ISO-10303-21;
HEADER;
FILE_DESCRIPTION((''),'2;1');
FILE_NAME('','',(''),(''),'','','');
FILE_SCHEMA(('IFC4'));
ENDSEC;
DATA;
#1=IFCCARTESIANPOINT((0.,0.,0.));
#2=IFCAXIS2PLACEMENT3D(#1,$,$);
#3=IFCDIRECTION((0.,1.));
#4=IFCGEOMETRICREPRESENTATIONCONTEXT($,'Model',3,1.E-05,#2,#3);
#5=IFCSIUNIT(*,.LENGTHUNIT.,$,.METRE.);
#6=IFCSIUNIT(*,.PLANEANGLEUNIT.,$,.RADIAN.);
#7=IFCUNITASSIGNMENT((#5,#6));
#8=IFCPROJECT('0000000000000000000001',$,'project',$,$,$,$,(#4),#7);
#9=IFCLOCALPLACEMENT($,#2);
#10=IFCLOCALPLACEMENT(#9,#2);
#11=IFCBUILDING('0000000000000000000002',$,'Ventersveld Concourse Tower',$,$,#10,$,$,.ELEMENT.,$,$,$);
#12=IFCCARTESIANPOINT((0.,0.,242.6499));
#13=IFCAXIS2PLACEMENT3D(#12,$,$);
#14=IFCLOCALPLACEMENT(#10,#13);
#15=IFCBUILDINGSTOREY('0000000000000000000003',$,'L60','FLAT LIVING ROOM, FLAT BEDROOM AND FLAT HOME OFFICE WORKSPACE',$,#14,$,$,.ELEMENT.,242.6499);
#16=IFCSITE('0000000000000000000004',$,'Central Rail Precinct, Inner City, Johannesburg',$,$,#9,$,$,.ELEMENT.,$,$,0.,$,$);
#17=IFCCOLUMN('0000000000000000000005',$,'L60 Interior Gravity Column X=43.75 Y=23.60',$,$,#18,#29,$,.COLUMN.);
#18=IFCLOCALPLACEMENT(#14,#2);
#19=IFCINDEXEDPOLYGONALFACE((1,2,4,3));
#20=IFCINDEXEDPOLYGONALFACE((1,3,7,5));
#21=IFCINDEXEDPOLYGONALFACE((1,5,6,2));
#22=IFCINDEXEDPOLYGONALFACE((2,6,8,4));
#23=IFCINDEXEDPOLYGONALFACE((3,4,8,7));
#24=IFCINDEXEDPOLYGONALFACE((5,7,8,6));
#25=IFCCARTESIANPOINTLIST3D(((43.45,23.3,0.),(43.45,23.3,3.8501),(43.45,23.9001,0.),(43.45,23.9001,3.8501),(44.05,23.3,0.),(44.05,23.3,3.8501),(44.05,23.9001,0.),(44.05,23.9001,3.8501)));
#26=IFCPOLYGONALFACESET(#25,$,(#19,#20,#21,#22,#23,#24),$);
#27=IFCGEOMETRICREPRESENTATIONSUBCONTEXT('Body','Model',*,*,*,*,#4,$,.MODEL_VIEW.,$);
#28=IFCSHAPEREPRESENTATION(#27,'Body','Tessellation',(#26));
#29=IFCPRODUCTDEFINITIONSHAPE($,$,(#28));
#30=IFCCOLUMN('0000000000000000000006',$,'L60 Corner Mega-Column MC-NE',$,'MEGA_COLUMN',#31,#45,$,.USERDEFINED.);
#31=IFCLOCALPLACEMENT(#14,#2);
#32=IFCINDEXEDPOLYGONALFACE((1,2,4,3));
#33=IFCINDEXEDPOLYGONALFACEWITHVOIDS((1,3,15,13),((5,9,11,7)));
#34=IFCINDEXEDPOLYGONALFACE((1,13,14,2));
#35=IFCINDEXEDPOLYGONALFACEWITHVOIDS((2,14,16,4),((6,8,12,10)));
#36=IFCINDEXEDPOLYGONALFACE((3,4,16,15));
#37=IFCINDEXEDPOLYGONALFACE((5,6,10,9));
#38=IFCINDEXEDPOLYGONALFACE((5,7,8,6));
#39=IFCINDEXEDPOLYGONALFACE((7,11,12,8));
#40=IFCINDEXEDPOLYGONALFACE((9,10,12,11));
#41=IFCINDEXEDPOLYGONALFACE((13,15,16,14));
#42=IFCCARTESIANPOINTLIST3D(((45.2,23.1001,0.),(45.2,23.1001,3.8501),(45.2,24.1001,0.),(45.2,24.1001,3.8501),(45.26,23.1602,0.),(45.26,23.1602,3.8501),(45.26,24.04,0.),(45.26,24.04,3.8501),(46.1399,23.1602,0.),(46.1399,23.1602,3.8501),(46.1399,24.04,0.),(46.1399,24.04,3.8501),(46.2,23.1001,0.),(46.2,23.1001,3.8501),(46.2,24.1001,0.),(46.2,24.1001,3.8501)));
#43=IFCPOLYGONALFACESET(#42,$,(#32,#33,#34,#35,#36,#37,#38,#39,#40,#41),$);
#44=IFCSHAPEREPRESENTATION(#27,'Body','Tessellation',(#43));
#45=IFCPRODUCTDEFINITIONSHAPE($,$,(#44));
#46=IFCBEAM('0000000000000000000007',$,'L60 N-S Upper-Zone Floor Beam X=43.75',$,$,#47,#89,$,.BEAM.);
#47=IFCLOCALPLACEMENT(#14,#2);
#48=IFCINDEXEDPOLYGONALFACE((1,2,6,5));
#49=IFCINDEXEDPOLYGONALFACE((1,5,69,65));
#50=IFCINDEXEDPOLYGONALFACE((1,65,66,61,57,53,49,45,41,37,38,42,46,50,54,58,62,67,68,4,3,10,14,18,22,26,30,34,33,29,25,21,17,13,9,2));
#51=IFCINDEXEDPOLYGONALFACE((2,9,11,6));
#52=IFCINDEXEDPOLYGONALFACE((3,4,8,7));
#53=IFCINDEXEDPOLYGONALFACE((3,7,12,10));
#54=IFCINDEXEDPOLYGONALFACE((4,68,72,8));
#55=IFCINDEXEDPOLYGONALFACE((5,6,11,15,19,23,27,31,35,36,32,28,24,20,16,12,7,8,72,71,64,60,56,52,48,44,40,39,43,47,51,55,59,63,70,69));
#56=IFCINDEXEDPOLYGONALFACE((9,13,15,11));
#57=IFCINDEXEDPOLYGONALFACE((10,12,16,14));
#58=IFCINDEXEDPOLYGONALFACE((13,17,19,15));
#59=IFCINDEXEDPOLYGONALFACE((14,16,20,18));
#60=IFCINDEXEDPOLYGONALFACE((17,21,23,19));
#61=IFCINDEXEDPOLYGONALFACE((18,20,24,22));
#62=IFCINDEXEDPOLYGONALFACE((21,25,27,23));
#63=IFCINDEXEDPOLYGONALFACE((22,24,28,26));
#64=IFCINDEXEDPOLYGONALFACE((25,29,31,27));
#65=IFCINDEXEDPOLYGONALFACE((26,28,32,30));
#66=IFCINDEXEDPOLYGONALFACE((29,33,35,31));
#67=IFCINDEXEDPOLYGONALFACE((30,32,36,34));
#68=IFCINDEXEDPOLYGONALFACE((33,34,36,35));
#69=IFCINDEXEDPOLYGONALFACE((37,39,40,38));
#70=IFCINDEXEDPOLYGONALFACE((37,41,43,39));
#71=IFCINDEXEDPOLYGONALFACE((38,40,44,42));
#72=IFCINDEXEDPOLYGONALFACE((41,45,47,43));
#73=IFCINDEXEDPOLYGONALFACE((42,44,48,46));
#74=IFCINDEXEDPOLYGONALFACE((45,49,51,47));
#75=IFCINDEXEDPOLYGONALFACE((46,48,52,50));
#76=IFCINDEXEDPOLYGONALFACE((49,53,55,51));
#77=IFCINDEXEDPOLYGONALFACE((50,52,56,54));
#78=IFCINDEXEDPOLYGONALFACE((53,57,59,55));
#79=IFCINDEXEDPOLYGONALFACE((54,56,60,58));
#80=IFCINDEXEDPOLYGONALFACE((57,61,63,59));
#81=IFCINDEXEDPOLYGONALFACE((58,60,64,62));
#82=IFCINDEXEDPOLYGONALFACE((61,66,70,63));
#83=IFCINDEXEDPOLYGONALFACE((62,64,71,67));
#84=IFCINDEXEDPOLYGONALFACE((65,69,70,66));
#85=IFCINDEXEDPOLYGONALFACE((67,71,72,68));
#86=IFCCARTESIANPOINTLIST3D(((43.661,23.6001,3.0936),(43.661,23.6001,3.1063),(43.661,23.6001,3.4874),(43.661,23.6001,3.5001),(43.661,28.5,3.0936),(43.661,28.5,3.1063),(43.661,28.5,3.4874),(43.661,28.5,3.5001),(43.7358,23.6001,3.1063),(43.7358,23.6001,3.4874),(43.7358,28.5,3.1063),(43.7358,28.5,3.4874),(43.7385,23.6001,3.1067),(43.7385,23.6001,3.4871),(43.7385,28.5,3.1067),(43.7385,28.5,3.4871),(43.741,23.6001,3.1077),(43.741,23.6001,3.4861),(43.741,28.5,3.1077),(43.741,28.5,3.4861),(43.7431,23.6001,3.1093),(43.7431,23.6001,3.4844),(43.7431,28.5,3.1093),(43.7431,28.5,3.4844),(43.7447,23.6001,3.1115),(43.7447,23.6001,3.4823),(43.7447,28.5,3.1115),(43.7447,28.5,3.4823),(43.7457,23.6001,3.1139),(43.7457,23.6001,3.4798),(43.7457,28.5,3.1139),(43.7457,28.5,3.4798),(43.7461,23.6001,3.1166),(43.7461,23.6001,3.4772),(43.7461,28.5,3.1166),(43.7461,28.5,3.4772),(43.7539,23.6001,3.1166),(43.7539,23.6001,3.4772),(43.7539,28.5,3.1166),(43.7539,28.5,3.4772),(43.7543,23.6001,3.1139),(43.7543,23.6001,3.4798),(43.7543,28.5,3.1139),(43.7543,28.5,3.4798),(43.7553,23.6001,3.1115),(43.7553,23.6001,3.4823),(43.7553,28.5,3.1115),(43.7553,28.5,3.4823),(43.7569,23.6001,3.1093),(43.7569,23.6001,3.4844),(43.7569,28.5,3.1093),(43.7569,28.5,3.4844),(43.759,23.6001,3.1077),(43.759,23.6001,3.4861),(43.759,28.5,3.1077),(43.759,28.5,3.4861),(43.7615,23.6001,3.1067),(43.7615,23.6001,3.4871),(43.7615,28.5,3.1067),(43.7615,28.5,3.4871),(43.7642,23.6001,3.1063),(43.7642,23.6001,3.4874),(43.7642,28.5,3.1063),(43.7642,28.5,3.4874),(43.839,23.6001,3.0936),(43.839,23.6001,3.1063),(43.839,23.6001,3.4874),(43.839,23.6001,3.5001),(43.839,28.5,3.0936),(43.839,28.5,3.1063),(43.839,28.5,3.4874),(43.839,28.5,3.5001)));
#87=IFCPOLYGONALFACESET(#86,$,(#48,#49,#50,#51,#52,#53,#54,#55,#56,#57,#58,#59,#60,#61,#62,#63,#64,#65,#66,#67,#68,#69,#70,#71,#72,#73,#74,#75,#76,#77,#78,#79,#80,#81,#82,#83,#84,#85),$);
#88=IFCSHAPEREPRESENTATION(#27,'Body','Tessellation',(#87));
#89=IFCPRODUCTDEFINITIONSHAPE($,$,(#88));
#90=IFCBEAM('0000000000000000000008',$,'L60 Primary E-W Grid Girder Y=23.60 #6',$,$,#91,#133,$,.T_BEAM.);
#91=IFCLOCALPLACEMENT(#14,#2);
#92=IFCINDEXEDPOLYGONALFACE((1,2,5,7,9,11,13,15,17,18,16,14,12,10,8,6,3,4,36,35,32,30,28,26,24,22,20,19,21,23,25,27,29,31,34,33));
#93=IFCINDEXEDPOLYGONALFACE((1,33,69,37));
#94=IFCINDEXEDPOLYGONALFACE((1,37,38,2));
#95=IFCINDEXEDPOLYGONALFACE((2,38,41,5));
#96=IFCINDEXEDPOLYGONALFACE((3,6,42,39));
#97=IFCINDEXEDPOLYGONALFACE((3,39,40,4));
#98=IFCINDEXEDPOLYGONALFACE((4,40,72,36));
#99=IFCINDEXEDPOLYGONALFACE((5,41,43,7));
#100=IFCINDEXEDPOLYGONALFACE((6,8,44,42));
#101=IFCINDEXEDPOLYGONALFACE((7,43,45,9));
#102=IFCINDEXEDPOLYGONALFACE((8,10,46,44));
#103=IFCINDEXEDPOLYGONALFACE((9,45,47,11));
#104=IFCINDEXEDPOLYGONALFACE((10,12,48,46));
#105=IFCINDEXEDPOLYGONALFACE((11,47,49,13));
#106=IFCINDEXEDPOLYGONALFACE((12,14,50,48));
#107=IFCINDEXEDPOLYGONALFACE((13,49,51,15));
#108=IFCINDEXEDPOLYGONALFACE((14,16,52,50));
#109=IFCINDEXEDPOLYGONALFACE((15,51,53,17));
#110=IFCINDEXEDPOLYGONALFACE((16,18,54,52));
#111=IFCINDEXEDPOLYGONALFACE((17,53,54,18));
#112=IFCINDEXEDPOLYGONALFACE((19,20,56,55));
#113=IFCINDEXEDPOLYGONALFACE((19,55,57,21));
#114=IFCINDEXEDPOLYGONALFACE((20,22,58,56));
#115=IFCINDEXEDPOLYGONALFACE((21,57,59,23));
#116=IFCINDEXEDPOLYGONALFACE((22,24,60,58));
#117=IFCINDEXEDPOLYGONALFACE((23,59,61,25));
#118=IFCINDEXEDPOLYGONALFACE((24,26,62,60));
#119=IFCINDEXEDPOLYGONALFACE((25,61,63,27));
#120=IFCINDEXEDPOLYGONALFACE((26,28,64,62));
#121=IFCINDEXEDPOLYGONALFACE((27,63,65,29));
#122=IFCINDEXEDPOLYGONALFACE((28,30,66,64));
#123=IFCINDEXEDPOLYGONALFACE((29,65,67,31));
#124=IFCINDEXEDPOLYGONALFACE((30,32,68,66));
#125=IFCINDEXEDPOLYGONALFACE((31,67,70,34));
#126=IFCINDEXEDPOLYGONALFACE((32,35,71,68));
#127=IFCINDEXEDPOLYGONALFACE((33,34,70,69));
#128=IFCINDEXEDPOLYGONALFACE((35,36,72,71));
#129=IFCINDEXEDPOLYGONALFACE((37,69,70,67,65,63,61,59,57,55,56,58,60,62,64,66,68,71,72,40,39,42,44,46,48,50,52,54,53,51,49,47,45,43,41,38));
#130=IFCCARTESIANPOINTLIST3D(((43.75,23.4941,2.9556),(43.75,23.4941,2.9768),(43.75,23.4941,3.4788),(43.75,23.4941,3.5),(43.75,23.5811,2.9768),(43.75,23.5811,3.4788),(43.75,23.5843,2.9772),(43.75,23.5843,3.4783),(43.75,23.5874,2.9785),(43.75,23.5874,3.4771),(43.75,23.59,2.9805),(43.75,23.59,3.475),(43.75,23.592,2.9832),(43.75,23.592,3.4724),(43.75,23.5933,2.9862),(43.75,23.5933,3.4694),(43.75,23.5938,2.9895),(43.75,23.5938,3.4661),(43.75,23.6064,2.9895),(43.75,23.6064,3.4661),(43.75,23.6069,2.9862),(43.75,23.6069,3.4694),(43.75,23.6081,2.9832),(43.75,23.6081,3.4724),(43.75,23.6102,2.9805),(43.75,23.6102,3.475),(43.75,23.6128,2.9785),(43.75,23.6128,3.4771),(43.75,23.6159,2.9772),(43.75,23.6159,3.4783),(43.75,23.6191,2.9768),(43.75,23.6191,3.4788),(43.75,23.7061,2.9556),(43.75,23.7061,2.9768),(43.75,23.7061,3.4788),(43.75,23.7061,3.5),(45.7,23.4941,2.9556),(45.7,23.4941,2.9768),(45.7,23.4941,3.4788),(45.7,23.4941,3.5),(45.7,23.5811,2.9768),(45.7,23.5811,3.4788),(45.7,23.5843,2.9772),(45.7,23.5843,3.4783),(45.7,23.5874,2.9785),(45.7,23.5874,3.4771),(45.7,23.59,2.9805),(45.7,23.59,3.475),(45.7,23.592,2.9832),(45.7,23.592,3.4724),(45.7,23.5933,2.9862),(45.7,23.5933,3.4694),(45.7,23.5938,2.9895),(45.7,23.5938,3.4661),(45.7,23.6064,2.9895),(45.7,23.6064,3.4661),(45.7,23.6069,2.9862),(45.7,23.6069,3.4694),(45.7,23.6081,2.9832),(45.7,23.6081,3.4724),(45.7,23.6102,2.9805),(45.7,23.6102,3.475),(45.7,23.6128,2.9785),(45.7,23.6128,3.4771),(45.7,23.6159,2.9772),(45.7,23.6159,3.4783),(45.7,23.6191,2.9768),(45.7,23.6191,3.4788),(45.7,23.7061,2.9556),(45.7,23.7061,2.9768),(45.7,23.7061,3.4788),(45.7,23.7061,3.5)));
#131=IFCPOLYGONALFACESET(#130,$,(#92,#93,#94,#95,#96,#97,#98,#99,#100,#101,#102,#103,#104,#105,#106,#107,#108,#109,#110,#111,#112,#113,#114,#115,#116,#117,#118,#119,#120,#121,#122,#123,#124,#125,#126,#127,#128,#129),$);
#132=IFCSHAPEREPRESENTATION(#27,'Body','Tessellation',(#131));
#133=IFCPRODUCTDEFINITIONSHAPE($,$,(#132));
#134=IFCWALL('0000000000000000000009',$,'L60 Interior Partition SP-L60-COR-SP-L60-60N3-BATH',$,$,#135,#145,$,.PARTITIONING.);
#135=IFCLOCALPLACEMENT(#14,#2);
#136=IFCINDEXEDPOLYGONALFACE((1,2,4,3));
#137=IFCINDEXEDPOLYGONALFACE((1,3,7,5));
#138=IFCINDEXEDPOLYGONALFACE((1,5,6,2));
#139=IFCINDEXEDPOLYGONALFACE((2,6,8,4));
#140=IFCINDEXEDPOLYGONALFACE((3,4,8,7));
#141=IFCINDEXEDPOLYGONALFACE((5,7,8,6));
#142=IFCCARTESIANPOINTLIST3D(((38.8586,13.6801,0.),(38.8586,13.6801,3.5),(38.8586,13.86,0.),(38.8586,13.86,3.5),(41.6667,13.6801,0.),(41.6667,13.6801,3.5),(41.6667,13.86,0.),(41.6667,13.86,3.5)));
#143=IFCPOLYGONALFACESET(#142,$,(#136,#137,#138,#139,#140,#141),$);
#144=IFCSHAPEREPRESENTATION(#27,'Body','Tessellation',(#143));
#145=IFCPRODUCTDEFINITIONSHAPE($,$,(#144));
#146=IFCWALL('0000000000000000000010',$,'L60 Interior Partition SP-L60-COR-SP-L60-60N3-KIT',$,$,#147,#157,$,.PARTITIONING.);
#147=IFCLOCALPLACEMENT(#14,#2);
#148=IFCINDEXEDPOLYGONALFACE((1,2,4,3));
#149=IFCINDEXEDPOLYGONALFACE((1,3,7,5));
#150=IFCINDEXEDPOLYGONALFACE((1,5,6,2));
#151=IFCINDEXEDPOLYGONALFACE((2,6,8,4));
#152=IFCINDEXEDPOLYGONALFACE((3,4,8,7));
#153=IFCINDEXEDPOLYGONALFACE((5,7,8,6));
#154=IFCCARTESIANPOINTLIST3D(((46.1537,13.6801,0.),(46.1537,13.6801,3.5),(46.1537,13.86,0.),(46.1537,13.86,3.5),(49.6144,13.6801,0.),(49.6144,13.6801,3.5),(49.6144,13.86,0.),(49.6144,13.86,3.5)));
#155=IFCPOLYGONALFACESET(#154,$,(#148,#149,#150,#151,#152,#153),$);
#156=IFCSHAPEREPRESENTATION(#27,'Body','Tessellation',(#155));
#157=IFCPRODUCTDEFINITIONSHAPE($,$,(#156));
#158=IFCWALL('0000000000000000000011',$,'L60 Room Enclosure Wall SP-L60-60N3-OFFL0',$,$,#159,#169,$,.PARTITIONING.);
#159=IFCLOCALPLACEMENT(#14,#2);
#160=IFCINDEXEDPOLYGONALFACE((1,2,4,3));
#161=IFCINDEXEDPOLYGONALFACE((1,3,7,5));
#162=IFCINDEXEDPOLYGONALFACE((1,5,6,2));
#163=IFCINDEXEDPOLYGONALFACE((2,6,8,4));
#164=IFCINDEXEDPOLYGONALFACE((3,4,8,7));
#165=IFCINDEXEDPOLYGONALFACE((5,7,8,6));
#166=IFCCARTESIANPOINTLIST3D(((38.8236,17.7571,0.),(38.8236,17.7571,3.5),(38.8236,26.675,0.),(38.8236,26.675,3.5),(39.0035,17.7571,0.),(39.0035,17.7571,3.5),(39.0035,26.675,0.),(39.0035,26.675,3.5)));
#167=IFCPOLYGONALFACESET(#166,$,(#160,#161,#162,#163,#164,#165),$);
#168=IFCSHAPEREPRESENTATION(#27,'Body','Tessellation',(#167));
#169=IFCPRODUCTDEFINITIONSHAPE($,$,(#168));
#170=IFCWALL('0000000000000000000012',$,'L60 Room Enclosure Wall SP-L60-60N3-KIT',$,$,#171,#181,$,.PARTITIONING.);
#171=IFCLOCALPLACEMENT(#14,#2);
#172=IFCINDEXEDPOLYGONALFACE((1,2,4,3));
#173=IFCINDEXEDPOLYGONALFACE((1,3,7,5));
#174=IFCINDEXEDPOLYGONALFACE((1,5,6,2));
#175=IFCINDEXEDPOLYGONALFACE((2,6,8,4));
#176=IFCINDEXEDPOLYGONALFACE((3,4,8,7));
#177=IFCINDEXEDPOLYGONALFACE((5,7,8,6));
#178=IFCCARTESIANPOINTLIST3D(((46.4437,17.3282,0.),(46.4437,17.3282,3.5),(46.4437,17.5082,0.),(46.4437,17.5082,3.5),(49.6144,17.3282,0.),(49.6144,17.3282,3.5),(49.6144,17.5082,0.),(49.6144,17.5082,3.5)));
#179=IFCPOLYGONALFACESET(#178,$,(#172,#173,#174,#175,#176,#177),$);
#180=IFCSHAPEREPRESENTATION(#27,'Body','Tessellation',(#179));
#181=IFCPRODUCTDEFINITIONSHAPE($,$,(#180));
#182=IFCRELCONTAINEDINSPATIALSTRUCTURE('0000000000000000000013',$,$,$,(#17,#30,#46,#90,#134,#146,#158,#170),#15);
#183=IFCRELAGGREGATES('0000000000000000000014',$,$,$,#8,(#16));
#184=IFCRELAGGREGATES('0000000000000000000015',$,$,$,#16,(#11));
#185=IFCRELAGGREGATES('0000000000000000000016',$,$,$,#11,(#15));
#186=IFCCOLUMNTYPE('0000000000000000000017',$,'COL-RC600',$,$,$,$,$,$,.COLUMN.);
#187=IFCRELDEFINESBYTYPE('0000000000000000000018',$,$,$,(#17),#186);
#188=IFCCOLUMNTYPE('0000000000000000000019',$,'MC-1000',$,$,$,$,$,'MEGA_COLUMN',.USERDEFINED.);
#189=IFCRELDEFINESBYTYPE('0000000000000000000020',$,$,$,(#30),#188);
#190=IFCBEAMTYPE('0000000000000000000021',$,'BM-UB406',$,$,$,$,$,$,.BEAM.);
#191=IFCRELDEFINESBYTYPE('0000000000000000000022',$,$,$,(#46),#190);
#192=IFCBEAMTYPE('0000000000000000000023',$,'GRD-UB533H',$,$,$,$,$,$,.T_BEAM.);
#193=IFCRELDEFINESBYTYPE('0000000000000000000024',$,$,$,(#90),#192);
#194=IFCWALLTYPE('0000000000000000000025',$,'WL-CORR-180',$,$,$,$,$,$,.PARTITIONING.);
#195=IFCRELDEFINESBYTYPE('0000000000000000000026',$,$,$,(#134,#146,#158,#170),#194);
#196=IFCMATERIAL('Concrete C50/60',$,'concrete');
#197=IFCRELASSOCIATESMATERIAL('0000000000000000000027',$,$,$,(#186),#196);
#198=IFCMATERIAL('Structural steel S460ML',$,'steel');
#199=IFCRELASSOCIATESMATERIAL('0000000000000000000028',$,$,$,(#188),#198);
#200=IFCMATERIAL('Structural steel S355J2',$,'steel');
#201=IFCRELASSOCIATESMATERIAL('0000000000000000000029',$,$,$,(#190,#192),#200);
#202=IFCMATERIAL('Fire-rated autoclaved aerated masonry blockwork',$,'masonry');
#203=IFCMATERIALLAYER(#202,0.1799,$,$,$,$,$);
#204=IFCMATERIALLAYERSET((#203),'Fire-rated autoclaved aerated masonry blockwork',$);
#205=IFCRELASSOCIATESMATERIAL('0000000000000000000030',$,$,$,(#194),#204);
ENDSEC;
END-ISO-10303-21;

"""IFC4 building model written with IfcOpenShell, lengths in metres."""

from ifc_helpers import new_model, si_unit, direction, frame, frame_2d, origin, origin_2d, place, context, subcontext, project, spatial, rectangle, hollow_rectangle, i_section, extrude, material, layer, layer_set, material_profile, profile_set, type_object, element, save


model = new_model("IFC4")

# Units and contexts
model_context = context("Model", 3, precision=1e-05, world=origin(), true_north=direction((0.0, 1.0)))
body_context = subcontext(model_context, "Body", "Model", "MODEL_VIEW")
ifc_project = project(units=[si_unit("LENGTHUNIT", "METRE"), si_unit("PLANEANGLEUNIT", "RADIAN")], contexts=[model_context])

# Site, building, storey
site_placement = place(None, origin())
site = spatial("IfcSite", under=ifc_project, at=site_placement, Name="Central Rail Precinct, Inner City, Johannesburg", CompositionType="ELEMENT", RefElevation=0.0)
building_placement = place(site_placement, origin())
building = spatial("IfcBuilding", under=site, at=building_placement, Name="Ventersveld Concourse Tower", CompositionType="ELEMENT")
storey_placement = place(building_placement, frame((0.0, 0.0, 242.6499)))
storey = spatial("IfcBuildingStorey", under=building, at=storey_placement, Name="L60", Description="FLAT LIVING ROOM, FLAT BEDROOM AND FLAT HOME OFFICE WORKSPACE", CompositionType="ELEMENT", Elevation=242.6499)

# Columns
ifc_material_1 = material(Name="Concrete C50/60", Category="concrete")
ifc_material_profile_1 = material_profile(ifc_material_1, rectangle(XDim=0.6001, YDim=0.6001, at=origin_2d()), Name="RC 600x600")
ifc_profile_set_1 = profile_set([ifc_material_profile_1], Name="Concrete C50/60")
column_type_1 = type_object("IfcColumnType", Name="COL-RC600", PredefinedType="COLUMN", material=ifc_profile_set_1)
column_1_placement = place(storey_placement, frame((43.75, 23.6001, 0.0), z_axis=(0.0, 0.0, 1.0), x_axis=(1.0, 0.0, 0.0)))
element("IfcColumn", 1, at=column_1_placement, inside=storey, type_object=column_type_1, Name="L60 Interior Gravity Column X=43.75 Y=23.60", PredefinedType="COLUMN", context=body_context, shape_type="SweptSolid", body=[
    extrude(rectangle(XDim=0.6001, YDim=0.6001, at=origin_2d()), origin(), (0.0, 0.0, 1.0), 3.8501),
])
ifc_material_2 = material(Name="Structural steel S460ML", Category="steel")
ifc_material_profile_2 = material_profile(ifc_material_2, hollow_rectangle(XDim=1.0, YDim=1.0, WallThickness=0.0601, at=origin_2d()), Name="BOX 1000x1000x60")
ifc_profile_set_2 = profile_set([ifc_material_profile_2], Name="Structural steel S460ML")
column_type_2 = type_object("IfcColumnType", Name="MC-1000", ElementType="MEGA_COLUMN", PredefinedType="USERDEFINED", material=ifc_profile_set_2)
column_2_placement = place(storey_placement, frame((45.7, 23.6001, 0.0), z_axis=(0.0, 0.0, 1.0), x_axis=(1.0, 0.0, 0.0)))
element("IfcColumn", 2, at=column_2_placement, inside=storey, type_object=column_type_2, Name="L60 Corner Mega-Column MC-NE", ObjectType="MEGA_COLUMN", PredefinedType="USERDEFINED", context=body_context, shape_type="SweptSolid", body=[
    extrude(hollow_rectangle(XDim=1.0, YDim=1.0, WallThickness=0.0601, at=origin_2d()), origin(), (0.0, 0.0, 1.0), 3.8501),
])

# Beams
ifc_material_3 = material(Name="Structural steel S355J2", Category="steel")
ifc_material_profile_3 = material_profile(ifc_material_3, i_section(OverallWidth=0.178, OverallDepth=0.4065, WebThickness=0.0078, FlangeThickness=0.0127, FilletRadius=0.0103, at=origin_2d()), Name="UB 406x178x60")
ifc_profile_set_3 = profile_set([ifc_material_profile_3], Name="Structural steel S355J2")
beam_type_1 = type_object("IfcBeamType", Name="BM-UB406", PredefinedType="BEAM", material=ifc_profile_set_3)
beam_1_placement = place(storey_placement, frame((43.75, 23.6001, 3.2969), z_axis=(0.0, 1.0, 0.0), x_axis=(-1.0, 0.0, 0.0)))
element("IfcBeam", 3, at=beam_1_placement, inside=storey, type_object=beam_type_1, Name="L60 N-S Upper-Zone Floor Beam X=43.75", PredefinedType="BEAM", context=body_context, shape_type="SweptSolid", body=[
    extrude(i_section(OverallWidth=0.178, OverallDepth=0.4065, WebThickness=0.0078, FlangeThickness=0.0127, FilletRadius=0.0103, at=origin_2d()), origin(), (0.0, 0.0, 1.0), 4.8999),
])
ifc_material_profile_4 = material_profile(ifc_material_3, i_section(OverallWidth=0.2119, OverallDepth=0.5444, WebThickness=0.0127, FlangeThickness=0.0212, FilletRadius=0.0127, at=origin_2d()), Name="UB 533x210x122")
ifc_profile_set_4 = profile_set([ifc_material_profile_4], Name="Structural steel S355J2")
beam_type_2 = type_object("IfcBeamType", Name="GRD-UB533H", PredefinedType="T_BEAM", material=ifc_profile_set_4)
beam_2_placement = place(storey_placement, frame((43.75, 23.6001, 3.2278), z_axis=(1.0, 0.0, 0.0), x_axis=(0.0, 1.0, 0.0)))
element("IfcBeam", 4, at=beam_2_placement, inside=storey, type_object=beam_type_2, Name="L60 Primary E-W Grid Girder Y=23.60 #6", PredefinedType="T_BEAM", context=body_context, shape_type="SweptSolid", body=[
    extrude(i_section(OverallWidth=0.2119, OverallDepth=0.5444, WebThickness=0.0127, FlangeThickness=0.0212, FilletRadius=0.0127, at=origin_2d()), origin(), (0.0, 0.0, 1.0), 1.95),
])

# Shared definitions
ifc_material_4 = material(Name="Fire-rated autoclaved aerated masonry blockwork", Category="masonry")
ifc_layer_1 = layer(ifc_material_4, 0.1799)
ifc_layer_set_1 = layer_set([ifc_layer_1], Name="Fire-rated autoclaved aerated masonry blockwork")
wall_type_1 = type_object("IfcWallType", Name="WL-CORR-180", PredefinedType="PARTITIONING", material=ifc_layer_set_1)

# Walls
wall_1_placement = place(storey_placement, frame((38.8586, 13.77, 0.0), z_axis=(0.0, 0.0, 1.0), x_axis=(1.0, 0.0, 0.0)))
element("IfcWall", 5, at=wall_1_placement, inside=storey, type_object=wall_type_1, Name="L60 Interior Partition SP-L60-COR-SP-L60-60N3-BATH", PredefinedType="PARTITIONING", context=body_context, shape_type="SweptSolid", body=[
    extrude(rectangle(XDim=2.8081, YDim=0.1799, at=frame_2d((1.4041, 0.0))), origin(), (0.0, 0.0, 1.0), 3.5),
])
wall_2_placement = place(storey_placement, frame((46.1536, 13.77, 0.0), z_axis=(0.0, 0.0, 1.0), x_axis=(1.0, 0.0, 0.0)))
element("IfcWall", 6, at=wall_2_placement, inside=storey, type_object=wall_type_1, Name="L60 Interior Partition SP-L60-COR-SP-L60-60N3-KIT", PredefinedType="PARTITIONING", context=body_context, shape_type="SweptSolid", body=[
    extrude(rectangle(XDim=3.4607, YDim=0.1799, at=frame_2d((1.7305, 0.0))), origin(), (0.0, 0.0, 1.0), 3.5),
])
wall_3_placement = place(storey_placement, frame((38.9136, 17.7571, 0.0), z_axis=(0.0, 0.0, 1.0), x_axis=(0.0, 1.0, 0.0)))
element("IfcWall", 7, at=wall_3_placement, inside=storey, type_object=wall_type_1, Name="L60 Room Enclosure Wall SP-L60-60N3-OFFL0", PredefinedType="PARTITIONING", context=body_context, shape_type="SweptSolid", body=[
    extrude(rectangle(XDim=8.918, YDim=0.1799, at=frame_2d((4.459, 0.0))), origin(), (0.0, 0.0, 1.0), 3.5),
])
wall_4_placement = place(storey_placement, frame((46.4436, 17.4182, 0.0), z_axis=(0.0, 0.0, 1.0), x_axis=(1.0, 0.0, 0.0)))
element("IfcWall", 8, at=wall_4_placement, inside=storey, type_object=wall_type_1, Name="L60 Room Enclosure Wall SP-L60-60N3-KIT", PredefinedType="PARTITIONING", context=body_context, shape_type="SweptSolid", body=[
    extrude(rectangle(XDim=3.1707, YDim=0.1799, at=frame_2d((1.5854, 0.0))), origin(), (0.0, 0.0, 1.0), 3.5),
])

save(model, "model.ifc")
